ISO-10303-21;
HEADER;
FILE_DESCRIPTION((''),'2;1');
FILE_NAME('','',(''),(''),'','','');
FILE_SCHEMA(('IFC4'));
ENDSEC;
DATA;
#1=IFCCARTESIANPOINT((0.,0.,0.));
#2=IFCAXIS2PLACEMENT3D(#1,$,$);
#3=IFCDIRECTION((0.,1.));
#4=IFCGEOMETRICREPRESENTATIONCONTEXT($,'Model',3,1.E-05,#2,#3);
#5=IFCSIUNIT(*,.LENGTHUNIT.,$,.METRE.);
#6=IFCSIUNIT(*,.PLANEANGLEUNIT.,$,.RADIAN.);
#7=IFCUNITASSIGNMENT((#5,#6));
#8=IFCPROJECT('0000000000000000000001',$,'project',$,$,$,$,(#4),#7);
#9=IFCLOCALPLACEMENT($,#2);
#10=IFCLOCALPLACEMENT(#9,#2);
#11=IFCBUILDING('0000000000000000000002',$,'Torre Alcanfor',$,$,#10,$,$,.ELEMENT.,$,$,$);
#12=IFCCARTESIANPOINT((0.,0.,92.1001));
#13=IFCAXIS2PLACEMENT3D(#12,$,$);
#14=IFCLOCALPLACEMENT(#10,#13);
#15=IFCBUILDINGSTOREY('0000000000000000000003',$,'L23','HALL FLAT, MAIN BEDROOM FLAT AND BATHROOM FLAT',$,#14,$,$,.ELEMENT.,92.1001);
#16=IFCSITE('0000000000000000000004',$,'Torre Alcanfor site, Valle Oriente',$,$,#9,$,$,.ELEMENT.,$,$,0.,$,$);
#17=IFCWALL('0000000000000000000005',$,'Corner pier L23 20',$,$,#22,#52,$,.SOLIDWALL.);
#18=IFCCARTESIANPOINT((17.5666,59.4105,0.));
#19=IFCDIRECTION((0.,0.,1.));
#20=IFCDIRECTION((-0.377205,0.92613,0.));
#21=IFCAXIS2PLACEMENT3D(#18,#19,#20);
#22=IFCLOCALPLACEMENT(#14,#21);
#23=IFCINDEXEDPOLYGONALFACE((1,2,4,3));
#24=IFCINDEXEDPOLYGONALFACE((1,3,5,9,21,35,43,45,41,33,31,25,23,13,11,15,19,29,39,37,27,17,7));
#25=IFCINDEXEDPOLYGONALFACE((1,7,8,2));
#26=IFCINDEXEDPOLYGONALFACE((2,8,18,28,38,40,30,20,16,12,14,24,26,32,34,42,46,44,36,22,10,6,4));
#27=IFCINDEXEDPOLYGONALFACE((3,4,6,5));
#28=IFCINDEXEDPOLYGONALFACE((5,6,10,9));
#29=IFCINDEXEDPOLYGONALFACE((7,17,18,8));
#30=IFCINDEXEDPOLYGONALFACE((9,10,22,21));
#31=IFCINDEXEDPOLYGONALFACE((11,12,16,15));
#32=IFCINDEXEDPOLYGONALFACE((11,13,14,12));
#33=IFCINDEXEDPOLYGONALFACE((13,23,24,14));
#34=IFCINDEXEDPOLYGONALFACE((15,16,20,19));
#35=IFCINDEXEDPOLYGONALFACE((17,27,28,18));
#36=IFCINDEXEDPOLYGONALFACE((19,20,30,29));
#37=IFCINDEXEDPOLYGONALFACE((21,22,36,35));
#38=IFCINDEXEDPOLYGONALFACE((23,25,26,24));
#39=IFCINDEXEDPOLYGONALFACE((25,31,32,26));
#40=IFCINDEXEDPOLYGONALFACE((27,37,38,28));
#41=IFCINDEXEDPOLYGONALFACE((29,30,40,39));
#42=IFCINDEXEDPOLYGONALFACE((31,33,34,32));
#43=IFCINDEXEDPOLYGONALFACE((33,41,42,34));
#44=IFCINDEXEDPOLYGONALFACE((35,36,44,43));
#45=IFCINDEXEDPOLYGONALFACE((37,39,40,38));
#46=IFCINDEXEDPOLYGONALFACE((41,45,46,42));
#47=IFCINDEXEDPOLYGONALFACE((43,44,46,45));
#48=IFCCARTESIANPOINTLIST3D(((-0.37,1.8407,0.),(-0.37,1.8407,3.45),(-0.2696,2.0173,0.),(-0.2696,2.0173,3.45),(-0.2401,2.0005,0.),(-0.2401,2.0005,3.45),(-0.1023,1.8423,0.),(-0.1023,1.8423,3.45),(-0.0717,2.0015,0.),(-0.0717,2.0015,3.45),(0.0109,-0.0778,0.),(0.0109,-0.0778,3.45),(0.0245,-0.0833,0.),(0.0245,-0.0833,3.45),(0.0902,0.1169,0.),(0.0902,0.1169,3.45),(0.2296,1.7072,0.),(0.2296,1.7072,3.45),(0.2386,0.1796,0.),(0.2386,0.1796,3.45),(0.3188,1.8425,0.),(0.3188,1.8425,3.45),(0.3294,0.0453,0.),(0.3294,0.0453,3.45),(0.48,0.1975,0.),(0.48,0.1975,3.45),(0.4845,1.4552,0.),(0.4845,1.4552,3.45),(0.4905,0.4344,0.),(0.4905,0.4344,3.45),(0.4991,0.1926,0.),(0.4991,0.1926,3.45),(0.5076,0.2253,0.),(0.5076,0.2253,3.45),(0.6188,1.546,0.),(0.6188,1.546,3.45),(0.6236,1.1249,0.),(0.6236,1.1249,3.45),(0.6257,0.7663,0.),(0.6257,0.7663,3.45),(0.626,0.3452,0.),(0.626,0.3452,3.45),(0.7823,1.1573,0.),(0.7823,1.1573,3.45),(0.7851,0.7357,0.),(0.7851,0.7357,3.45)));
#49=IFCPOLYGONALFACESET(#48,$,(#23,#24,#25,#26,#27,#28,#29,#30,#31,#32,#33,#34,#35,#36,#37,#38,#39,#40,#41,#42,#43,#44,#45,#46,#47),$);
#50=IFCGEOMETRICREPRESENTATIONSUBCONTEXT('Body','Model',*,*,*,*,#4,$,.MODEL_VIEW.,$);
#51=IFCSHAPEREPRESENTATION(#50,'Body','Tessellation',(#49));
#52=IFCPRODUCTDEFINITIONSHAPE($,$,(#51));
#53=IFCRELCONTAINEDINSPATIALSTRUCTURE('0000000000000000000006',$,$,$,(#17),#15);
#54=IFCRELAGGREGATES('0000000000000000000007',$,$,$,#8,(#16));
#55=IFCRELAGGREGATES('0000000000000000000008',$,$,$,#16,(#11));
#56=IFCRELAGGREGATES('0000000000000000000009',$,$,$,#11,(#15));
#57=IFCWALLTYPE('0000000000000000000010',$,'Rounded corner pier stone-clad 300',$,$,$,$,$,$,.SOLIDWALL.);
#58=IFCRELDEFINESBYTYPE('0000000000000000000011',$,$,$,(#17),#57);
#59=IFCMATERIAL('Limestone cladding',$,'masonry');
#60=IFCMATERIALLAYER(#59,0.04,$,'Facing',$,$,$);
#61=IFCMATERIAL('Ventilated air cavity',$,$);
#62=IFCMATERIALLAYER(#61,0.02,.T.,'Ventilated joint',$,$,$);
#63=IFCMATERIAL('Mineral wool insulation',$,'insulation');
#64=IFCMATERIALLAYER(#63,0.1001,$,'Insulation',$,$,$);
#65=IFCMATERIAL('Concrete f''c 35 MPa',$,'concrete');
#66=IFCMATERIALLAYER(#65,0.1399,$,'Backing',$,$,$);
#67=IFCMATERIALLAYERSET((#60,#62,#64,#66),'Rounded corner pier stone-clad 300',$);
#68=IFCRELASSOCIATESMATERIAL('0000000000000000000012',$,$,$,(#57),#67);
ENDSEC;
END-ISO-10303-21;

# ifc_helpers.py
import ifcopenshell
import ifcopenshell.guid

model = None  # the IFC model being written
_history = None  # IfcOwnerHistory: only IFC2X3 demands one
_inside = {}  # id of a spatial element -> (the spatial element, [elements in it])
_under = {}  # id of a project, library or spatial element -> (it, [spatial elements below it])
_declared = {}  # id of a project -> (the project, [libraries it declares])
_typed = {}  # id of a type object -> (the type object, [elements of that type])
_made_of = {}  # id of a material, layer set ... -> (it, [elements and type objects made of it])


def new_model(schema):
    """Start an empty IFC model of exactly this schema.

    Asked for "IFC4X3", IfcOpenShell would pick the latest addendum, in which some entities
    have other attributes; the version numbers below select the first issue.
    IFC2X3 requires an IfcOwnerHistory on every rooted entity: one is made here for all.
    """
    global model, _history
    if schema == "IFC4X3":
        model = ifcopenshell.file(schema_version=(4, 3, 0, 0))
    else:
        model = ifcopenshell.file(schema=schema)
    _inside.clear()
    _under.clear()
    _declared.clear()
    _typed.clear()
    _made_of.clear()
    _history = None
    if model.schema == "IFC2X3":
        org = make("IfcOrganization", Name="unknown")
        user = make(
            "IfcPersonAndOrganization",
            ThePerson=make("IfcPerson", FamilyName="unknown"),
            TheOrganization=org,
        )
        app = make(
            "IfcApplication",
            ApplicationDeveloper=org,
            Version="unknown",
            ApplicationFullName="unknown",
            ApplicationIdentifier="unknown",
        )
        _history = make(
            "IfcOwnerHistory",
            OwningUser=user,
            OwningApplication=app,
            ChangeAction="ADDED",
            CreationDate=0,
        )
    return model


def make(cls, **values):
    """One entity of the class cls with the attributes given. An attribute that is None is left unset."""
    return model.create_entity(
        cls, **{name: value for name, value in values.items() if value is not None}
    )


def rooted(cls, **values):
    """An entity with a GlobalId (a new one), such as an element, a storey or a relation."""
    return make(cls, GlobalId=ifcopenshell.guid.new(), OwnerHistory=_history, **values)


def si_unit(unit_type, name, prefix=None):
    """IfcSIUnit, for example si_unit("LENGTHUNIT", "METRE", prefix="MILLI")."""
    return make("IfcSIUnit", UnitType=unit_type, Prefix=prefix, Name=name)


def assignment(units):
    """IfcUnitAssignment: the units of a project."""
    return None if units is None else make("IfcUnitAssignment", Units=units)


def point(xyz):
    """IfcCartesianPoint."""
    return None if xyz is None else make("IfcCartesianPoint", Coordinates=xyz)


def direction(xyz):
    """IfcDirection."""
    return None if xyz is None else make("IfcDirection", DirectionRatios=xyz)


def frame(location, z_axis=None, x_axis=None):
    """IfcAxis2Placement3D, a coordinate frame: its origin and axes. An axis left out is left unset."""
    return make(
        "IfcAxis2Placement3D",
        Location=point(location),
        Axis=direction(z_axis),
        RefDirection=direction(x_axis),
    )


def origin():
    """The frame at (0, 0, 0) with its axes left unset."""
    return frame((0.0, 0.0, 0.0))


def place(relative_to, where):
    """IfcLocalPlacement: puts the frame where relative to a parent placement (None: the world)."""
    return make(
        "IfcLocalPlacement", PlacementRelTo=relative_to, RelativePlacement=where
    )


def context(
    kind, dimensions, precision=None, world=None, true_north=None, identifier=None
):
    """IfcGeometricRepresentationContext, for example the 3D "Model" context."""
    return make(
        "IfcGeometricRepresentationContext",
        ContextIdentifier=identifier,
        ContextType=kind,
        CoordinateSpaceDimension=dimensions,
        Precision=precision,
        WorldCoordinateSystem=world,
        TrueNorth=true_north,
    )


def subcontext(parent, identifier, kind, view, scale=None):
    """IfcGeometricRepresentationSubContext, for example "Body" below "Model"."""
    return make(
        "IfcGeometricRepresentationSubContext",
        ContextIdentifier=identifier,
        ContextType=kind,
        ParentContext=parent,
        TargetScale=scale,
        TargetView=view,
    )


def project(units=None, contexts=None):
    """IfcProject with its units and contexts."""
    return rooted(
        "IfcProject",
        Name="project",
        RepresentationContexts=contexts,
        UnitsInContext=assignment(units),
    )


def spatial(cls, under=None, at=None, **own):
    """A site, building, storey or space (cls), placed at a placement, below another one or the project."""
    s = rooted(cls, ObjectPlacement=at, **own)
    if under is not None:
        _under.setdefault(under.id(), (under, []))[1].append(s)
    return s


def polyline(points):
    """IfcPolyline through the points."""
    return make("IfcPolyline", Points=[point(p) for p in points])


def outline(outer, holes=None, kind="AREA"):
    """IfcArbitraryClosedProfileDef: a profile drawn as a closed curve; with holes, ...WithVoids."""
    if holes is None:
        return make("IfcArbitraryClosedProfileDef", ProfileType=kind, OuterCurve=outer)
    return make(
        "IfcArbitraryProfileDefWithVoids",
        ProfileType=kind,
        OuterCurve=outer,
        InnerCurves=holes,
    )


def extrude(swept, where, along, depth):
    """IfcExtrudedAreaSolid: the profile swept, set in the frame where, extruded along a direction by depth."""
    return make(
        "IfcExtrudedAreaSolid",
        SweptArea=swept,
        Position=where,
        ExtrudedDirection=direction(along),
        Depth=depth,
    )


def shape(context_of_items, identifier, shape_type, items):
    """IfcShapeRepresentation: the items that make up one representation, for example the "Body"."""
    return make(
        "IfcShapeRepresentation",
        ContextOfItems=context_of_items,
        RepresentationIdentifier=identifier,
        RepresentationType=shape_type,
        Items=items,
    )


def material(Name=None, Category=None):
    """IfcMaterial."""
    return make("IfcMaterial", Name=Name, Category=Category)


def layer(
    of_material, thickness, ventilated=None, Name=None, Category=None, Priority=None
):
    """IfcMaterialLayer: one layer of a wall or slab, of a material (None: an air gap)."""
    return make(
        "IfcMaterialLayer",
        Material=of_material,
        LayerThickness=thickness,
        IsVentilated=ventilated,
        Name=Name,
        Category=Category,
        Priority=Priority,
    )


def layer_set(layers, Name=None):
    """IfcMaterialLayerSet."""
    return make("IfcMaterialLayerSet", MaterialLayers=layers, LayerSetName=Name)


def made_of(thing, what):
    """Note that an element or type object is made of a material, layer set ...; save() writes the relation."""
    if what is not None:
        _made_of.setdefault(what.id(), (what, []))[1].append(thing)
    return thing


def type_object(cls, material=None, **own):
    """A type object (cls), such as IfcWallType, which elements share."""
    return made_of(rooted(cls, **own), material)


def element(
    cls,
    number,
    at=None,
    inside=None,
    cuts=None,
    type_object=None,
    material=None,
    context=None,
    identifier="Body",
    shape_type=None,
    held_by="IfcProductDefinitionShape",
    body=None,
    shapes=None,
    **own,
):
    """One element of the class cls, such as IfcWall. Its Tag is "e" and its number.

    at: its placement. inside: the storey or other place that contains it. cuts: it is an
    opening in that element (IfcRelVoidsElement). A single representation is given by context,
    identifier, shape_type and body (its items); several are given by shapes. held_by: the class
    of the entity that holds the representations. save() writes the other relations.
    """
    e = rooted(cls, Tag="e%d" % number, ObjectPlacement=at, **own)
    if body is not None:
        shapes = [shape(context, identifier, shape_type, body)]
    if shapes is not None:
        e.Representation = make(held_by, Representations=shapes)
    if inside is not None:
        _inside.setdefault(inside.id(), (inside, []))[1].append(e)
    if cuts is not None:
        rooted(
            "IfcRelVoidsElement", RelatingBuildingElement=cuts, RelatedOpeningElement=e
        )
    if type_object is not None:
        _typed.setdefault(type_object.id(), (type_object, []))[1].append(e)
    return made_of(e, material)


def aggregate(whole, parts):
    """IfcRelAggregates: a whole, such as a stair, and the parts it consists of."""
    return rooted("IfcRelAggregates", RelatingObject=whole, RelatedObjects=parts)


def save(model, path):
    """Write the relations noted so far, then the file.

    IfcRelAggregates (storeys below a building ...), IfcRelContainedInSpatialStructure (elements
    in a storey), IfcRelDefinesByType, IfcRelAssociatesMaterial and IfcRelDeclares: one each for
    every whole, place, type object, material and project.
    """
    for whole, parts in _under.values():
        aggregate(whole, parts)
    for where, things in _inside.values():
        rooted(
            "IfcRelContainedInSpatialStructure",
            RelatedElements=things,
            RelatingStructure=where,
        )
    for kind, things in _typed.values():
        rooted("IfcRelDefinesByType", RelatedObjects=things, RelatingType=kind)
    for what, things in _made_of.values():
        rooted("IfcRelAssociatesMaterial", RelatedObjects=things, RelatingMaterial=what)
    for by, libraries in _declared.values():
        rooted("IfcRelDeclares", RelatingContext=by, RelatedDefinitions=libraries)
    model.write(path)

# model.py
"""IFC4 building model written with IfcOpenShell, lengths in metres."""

from ifc_helpers import new_model, si_unit, direction, frame, origin, place, context, subcontext, project, spatial, polyline, outline, extrude, material, layer, layer_set, type_object, element, save


model = new_model("IFC4")

# Units and contexts
model_context = context("Model", 3, precision=1e-05, world=origin(), true_north=direction((0.0, 1.0)))
body_context = subcontext(model_context, "Body", "Model", "MODEL_VIEW")
ifc_project = project(units=[si_unit("LENGTHUNIT", "METRE"), si_unit("PLANEANGLEUNIT", "RADIAN")], contexts=[model_context])

# Site, building, storey
site_placement = place(None, origin())
site = spatial("IfcSite", under=ifc_project, at=site_placement, Name="Torre Alcanfor site, Valle Oriente", CompositionType="ELEMENT", RefElevation=0.0)
building_placement = place(site_placement, origin())
building = spatial("IfcBuilding", under=site, at=building_placement, Name="Torre Alcanfor", CompositionType="ELEMENT")
storey_placement = place(building_placement, frame((0.0, 0.0, 92.1001)))
storey = spatial("IfcBuildingStorey", under=building, at=storey_placement, Name="L23", Description="HALL FLAT, MAIN BEDROOM FLAT AND BATHROOM FLAT", CompositionType="ELEMENT", Elevation=92.1001)

# Wall
ifc_material_1 = material(Name="Limestone cladding", Category="masonry")
ifc_layer_1 = layer(ifc_material_1, 0.04, Name="Facing")
ifc_material_2 = material(Name="Ventilated air cavity")
ifc_layer_2 = layer(ifc_material_2, 0.02, ventilated=True, Name="Ventilated joint")
ifc_material_3 = material(Name="Mineral wool insulation", Category="insulation")
ifc_layer_3 = layer(ifc_material_3, 0.1001, Name="Insulation")
ifc_material_4 = material(Name="Concrete f'c 35 MPa", Category="concrete")
ifc_layer_4 = layer(ifc_material_4, 0.1399, Name="Backing")
ifc_layer_set_1 = layer_set([ifc_layer_1, ifc_layer_2, ifc_layer_3, ifc_layer_4], Name="Rounded corner pier stone-clad 300")
wall_type = type_object("IfcWallType", Name="Rounded corner pier stone-clad 300", PredefinedType="SOLIDWALL", material=ifc_layer_set_1)
wall_placement = place(storey_placement, frame((17.5666, 59.4105, 0.0), z_axis=(0.0, 0.0, 1.0), x_axis=(-0.377205, 0.92613, 0.0)))
element("IfcWall", 1, at=wall_placement, inside=storey, type_object=wall_type, Name="Corner pier L23 20", PredefinedType="SOLIDWALL", context=body_context, shape_type="SweptSolid", body=[
    extrude(outline(polyline([(-0.2696, 2.0173), (-0.37, 1.8407), (-0.1023, 1.8423), (0.2296, 1.7072), (0.4845, 1.4552), (0.6236, 1.1249), (0.6257, 0.7663), (0.4905, 0.4344), (0.2386, 0.1796), (0.0902, 0.1169), (0.0109, -0.0778), (0.0245, -0.0833), (0.3294, 0.0453), (0.48, 0.1975), (0.4991, 0.1926), (0.5076, 0.2253), (0.626, 0.3452), (0.7851, 0.7357), (0.7823, 1.1573), (0.6188, 1.546), (0.3188, 1.8425), (-0.0717, 2.0015), (-0.2401, 2.0005), (-0.2696, 2.0173)])), origin(), (0.0, 0.0, 1.0), 3.45),
])

save(model, "model.ifc")
